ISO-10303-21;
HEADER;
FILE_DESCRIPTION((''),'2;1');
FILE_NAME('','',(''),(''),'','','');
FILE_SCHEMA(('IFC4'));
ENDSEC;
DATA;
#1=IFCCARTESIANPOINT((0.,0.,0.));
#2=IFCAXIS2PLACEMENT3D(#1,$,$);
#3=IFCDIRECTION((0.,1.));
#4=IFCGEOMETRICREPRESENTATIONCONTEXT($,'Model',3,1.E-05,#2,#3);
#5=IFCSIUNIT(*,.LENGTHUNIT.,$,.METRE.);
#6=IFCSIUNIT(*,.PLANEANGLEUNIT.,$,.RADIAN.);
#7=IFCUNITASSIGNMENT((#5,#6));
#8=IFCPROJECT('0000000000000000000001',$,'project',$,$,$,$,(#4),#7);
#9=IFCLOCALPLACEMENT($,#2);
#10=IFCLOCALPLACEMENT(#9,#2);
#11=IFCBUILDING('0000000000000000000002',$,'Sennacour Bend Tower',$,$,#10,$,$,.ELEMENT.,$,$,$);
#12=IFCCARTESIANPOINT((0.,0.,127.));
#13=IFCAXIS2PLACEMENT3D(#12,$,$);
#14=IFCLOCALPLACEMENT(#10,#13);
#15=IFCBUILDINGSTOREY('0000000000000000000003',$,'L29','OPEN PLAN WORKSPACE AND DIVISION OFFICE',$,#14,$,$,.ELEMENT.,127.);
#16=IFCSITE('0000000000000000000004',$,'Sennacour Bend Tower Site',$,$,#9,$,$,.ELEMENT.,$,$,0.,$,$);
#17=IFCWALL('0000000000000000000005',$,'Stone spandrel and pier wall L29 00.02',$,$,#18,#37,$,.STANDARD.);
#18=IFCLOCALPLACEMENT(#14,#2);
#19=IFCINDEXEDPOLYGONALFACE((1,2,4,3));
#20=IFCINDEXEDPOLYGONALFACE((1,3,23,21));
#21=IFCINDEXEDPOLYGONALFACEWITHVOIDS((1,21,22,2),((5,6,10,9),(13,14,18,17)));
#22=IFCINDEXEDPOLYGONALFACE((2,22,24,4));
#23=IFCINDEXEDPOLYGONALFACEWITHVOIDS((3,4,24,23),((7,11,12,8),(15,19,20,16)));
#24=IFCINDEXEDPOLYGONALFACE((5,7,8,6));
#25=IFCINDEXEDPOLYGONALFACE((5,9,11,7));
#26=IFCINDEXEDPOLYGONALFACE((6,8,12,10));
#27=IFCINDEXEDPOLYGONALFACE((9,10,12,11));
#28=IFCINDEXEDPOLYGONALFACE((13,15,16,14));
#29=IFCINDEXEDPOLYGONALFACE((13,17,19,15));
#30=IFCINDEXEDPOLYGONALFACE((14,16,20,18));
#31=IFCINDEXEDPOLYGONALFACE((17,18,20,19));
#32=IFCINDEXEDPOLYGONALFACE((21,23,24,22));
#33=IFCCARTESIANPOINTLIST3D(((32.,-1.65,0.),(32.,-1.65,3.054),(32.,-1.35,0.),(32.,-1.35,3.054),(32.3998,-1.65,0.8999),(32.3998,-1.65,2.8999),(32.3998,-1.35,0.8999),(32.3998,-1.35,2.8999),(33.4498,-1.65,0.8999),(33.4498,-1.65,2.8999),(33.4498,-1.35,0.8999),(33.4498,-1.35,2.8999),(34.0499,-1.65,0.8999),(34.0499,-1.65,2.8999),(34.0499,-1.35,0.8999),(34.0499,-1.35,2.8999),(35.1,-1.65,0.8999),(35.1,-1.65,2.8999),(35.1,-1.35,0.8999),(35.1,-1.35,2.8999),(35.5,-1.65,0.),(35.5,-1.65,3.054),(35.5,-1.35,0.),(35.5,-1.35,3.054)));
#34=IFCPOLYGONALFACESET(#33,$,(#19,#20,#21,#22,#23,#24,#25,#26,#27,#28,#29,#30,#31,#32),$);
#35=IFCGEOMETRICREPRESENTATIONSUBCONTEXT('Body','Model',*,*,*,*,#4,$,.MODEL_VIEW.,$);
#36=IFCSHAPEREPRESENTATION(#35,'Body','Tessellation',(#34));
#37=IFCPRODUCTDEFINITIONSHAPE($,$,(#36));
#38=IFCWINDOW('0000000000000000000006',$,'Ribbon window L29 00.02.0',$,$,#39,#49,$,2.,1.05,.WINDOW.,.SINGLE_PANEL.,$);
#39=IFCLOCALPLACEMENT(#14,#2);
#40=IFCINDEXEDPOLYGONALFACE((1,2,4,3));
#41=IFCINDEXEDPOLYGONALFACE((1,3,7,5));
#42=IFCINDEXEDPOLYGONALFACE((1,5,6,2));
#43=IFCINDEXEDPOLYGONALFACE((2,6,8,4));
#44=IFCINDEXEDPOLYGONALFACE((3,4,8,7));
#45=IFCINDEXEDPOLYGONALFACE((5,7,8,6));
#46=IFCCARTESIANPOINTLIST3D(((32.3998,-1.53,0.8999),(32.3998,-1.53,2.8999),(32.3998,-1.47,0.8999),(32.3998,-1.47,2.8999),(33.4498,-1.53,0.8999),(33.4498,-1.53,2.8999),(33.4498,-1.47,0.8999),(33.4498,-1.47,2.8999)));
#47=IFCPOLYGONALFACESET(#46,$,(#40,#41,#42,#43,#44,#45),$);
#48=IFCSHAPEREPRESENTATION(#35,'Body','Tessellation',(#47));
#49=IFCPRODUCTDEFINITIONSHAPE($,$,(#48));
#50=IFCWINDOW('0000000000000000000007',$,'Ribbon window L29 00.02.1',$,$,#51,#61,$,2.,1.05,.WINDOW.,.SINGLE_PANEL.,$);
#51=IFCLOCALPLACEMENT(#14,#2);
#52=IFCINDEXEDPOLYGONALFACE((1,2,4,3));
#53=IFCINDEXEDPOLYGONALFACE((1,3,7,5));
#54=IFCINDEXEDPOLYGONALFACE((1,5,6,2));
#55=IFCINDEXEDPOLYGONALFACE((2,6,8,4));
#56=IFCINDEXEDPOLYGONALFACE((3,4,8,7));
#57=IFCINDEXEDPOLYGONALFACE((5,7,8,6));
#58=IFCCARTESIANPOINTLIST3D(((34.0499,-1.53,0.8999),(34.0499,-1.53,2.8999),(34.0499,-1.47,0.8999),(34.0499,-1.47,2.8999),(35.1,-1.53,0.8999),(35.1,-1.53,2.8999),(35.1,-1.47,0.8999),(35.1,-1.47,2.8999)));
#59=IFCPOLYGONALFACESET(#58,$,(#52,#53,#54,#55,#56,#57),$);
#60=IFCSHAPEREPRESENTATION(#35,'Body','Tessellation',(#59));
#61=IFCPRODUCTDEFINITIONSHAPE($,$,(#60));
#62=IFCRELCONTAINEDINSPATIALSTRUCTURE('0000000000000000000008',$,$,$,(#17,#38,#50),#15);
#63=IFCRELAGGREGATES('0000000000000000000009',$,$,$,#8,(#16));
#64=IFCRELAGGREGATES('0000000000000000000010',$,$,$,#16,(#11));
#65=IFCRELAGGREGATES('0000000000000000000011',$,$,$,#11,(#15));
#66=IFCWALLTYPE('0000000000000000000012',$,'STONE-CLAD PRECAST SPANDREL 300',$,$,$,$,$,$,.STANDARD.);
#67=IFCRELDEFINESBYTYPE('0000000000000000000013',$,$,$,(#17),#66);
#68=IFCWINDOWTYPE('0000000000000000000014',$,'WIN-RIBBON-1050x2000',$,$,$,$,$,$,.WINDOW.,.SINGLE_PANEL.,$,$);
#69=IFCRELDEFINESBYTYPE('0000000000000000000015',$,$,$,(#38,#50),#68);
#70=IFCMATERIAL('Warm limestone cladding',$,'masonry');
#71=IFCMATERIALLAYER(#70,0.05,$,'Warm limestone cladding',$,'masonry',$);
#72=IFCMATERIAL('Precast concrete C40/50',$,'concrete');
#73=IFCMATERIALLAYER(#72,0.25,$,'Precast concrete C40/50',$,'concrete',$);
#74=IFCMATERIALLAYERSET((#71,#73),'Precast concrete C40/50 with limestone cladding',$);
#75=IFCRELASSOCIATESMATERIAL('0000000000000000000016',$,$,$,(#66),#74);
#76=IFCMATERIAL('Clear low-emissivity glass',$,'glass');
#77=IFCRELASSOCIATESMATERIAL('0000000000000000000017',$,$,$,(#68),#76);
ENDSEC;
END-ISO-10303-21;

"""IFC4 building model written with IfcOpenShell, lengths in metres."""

from ifc_helpers import new_model, si_unit, direction, frame, frame_2d, origin, place, context, subcontext, project, spatial, rectangle, extrude, material, layer, layer_set, type_object, element, fill, save


model = new_model("IFC4")

# Units and contexts
model_context = context("Model", 3, precision=1e-05, world=origin(), true_north=direction((0.0, 1.0)))
body_context = subcontext(model_context, "Body", "Model", "MODEL_VIEW")
ifc_project = project(units=[si_unit("LENGTHUNIT", "METRE"), si_unit("PLANEANGLEUNIT", "RADIAN")], contexts=[model_context])

# Site, building, storey
site_placement = place(None, origin())
site = spatial("IfcSite", under=ifc_project, at=site_placement, Name="Sennacour Bend Tower Site", CompositionType="ELEMENT", RefElevation=0.0)
building_placement = place(site_placement, origin())
building = spatial("IfcBuilding", under=site, at=building_placement, Name="Sennacour Bend Tower", CompositionType="ELEMENT")
storey_placement = place(building_placement, frame((0.0, 0.0, 127.0)))
storey = spatial("IfcBuildingStorey", under=building, at=storey_placement, Name="L29", Description="OPEN PLAN WORKSPACE AND DIVISION OFFICE", CompositionType="ELEMENT", Elevation=127.0)

# Wall, openings, windows
ifc_material_1 = material(Name="Warm limestone cladding", Category="masonry")
ifc_layer_1 = layer(ifc_material_1, 0.05, Name="Warm limestone cladding", Category="masonry")
ifc_material_2 = material(Name="Precast concrete C40/50", Category="concrete")
ifc_layer_2 = layer(ifc_material_2, 0.25, Name="Precast concrete C40/50", Category="concrete")
ifc_layer_set_1 = layer_set([ifc_layer_1, ifc_layer_2], Name="Precast concrete C40/50 with limestone cladding")
wall_type_1 = type_object("IfcWallType", Name="STONE-CLAD PRECAST SPANDREL 300", PredefinedType="STANDARD", material=ifc_layer_set_1)
ifc_material_3 = material(Name="Clear low-emissivity glass", Category="glass")
window_type = type_object("IfcWindowType", Name="WIN-RIBBON-1050x2000", PartitioningType="SINGLE_PANEL", PredefinedType="WINDOW", material=ifc_material_3)
wall_1_placement = place(storey_placement, frame((32.0, -1.5, 0.0), z_axis=(0.0, 0.0, 1.0), x_axis=(1.0, 0.0, 0.0)))
wall_1 = element("IfcWall", 1, at=wall_1_placement, inside=storey, type_object=wall_type_1, Name="Stone spandrel and pier wall L29 00.02", PredefinedType="STANDARD", context=body_context, shape_type="SweptSolid", body=[
    extrude(rectangle(XDim=3.5, YDim=0.3, at=frame_2d((1.75, 0.0))), origin(), (0.0, 0.0, 1.0), 3.054),
])
opening_1_placement = place(wall_1_placement, frame((0.3999, 0.0, 0.8999)))
opening_1 = element("IfcOpeningElement", 2, at=opening_1_placement, cuts=wall_1, PredefinedType="OPENING", context=body_context, shape_type="SweptSolid", body=[
    extrude(rectangle(XDim=1.05, YDim=2.0, at=frame_2d((0.5249, 1.0))), frame((0.0, 0.1602, 0.0), z_axis=(0.0, -1.0, 0.0), x_axis=(1.0, 0.0, 0.0)), (0.0, 0.0, 1.0), 0.3201),
])
opening_2_placement = place(wall_1_placement, frame((2.05, 0.0, 0.8999)))
opening_2 = element("IfcOpeningElement", 3, at=opening_2_placement, cuts=wall_1, PredefinedType="OPENING", context=body_context, shape_type="SweptSolid", body=[
    extrude(rectangle(XDim=1.05, YDim=2.0, at=frame_2d((0.5249, 1.0))), frame((0.0, 0.1602, 0.0), z_axis=(0.0, -1.0, 0.0), x_axis=(1.0, 0.0, 0.0)), (0.0, 0.0, 1.0), 0.3201),
])
window_1_placement = place(opening_1_placement, origin())
window_1 = element("IfcWindow", 4, at=window_1_placement, inside=storey, type_object=window_type, Name="Ribbon window L29 00.02.0", OverallHeight=2.0, OverallWidth=1.05, PartitioningType="SINGLE_PANEL", PredefinedType="WINDOW", context=body_context, shape_type="SweptSolid", body=[
    extrude(rectangle(XDim=1.05, YDim=2.0, at=frame_2d((0.5249, 1.0))), frame((0.0, 0.03, 0.0), z_axis=(0.0, -1.0, 0.0), x_axis=(1.0, 0.0, 0.0)), (0.0, 0.0, 1.0), 0.0601),
])
fill(opening_1, window_1)
window_2_placement = place(opening_2_placement, origin())
window_2 = element("IfcWindow", 5, at=window_2_placement, inside=storey, type_object=window_type, Name="Ribbon window L29 00.02.1", OverallHeight=2.0, OverallWidth=1.05, PartitioningType="SINGLE_PANEL", PredefinedType="WINDOW", context=body_context, shape_type="SweptSolid", body=[
    extrude(rectangle(XDim=1.05, YDim=2.0, at=frame_2d((0.5249, 1.0))), frame((0.0, 0.03, 0.0), z_axis=(0.0, -1.0, 0.0), x_axis=(1.0, 0.0, 0.0)), (0.0, 0.0, 1.0), 0.0601),
])
fill(opening_2, window_2)

save(model, "model.ifc")
